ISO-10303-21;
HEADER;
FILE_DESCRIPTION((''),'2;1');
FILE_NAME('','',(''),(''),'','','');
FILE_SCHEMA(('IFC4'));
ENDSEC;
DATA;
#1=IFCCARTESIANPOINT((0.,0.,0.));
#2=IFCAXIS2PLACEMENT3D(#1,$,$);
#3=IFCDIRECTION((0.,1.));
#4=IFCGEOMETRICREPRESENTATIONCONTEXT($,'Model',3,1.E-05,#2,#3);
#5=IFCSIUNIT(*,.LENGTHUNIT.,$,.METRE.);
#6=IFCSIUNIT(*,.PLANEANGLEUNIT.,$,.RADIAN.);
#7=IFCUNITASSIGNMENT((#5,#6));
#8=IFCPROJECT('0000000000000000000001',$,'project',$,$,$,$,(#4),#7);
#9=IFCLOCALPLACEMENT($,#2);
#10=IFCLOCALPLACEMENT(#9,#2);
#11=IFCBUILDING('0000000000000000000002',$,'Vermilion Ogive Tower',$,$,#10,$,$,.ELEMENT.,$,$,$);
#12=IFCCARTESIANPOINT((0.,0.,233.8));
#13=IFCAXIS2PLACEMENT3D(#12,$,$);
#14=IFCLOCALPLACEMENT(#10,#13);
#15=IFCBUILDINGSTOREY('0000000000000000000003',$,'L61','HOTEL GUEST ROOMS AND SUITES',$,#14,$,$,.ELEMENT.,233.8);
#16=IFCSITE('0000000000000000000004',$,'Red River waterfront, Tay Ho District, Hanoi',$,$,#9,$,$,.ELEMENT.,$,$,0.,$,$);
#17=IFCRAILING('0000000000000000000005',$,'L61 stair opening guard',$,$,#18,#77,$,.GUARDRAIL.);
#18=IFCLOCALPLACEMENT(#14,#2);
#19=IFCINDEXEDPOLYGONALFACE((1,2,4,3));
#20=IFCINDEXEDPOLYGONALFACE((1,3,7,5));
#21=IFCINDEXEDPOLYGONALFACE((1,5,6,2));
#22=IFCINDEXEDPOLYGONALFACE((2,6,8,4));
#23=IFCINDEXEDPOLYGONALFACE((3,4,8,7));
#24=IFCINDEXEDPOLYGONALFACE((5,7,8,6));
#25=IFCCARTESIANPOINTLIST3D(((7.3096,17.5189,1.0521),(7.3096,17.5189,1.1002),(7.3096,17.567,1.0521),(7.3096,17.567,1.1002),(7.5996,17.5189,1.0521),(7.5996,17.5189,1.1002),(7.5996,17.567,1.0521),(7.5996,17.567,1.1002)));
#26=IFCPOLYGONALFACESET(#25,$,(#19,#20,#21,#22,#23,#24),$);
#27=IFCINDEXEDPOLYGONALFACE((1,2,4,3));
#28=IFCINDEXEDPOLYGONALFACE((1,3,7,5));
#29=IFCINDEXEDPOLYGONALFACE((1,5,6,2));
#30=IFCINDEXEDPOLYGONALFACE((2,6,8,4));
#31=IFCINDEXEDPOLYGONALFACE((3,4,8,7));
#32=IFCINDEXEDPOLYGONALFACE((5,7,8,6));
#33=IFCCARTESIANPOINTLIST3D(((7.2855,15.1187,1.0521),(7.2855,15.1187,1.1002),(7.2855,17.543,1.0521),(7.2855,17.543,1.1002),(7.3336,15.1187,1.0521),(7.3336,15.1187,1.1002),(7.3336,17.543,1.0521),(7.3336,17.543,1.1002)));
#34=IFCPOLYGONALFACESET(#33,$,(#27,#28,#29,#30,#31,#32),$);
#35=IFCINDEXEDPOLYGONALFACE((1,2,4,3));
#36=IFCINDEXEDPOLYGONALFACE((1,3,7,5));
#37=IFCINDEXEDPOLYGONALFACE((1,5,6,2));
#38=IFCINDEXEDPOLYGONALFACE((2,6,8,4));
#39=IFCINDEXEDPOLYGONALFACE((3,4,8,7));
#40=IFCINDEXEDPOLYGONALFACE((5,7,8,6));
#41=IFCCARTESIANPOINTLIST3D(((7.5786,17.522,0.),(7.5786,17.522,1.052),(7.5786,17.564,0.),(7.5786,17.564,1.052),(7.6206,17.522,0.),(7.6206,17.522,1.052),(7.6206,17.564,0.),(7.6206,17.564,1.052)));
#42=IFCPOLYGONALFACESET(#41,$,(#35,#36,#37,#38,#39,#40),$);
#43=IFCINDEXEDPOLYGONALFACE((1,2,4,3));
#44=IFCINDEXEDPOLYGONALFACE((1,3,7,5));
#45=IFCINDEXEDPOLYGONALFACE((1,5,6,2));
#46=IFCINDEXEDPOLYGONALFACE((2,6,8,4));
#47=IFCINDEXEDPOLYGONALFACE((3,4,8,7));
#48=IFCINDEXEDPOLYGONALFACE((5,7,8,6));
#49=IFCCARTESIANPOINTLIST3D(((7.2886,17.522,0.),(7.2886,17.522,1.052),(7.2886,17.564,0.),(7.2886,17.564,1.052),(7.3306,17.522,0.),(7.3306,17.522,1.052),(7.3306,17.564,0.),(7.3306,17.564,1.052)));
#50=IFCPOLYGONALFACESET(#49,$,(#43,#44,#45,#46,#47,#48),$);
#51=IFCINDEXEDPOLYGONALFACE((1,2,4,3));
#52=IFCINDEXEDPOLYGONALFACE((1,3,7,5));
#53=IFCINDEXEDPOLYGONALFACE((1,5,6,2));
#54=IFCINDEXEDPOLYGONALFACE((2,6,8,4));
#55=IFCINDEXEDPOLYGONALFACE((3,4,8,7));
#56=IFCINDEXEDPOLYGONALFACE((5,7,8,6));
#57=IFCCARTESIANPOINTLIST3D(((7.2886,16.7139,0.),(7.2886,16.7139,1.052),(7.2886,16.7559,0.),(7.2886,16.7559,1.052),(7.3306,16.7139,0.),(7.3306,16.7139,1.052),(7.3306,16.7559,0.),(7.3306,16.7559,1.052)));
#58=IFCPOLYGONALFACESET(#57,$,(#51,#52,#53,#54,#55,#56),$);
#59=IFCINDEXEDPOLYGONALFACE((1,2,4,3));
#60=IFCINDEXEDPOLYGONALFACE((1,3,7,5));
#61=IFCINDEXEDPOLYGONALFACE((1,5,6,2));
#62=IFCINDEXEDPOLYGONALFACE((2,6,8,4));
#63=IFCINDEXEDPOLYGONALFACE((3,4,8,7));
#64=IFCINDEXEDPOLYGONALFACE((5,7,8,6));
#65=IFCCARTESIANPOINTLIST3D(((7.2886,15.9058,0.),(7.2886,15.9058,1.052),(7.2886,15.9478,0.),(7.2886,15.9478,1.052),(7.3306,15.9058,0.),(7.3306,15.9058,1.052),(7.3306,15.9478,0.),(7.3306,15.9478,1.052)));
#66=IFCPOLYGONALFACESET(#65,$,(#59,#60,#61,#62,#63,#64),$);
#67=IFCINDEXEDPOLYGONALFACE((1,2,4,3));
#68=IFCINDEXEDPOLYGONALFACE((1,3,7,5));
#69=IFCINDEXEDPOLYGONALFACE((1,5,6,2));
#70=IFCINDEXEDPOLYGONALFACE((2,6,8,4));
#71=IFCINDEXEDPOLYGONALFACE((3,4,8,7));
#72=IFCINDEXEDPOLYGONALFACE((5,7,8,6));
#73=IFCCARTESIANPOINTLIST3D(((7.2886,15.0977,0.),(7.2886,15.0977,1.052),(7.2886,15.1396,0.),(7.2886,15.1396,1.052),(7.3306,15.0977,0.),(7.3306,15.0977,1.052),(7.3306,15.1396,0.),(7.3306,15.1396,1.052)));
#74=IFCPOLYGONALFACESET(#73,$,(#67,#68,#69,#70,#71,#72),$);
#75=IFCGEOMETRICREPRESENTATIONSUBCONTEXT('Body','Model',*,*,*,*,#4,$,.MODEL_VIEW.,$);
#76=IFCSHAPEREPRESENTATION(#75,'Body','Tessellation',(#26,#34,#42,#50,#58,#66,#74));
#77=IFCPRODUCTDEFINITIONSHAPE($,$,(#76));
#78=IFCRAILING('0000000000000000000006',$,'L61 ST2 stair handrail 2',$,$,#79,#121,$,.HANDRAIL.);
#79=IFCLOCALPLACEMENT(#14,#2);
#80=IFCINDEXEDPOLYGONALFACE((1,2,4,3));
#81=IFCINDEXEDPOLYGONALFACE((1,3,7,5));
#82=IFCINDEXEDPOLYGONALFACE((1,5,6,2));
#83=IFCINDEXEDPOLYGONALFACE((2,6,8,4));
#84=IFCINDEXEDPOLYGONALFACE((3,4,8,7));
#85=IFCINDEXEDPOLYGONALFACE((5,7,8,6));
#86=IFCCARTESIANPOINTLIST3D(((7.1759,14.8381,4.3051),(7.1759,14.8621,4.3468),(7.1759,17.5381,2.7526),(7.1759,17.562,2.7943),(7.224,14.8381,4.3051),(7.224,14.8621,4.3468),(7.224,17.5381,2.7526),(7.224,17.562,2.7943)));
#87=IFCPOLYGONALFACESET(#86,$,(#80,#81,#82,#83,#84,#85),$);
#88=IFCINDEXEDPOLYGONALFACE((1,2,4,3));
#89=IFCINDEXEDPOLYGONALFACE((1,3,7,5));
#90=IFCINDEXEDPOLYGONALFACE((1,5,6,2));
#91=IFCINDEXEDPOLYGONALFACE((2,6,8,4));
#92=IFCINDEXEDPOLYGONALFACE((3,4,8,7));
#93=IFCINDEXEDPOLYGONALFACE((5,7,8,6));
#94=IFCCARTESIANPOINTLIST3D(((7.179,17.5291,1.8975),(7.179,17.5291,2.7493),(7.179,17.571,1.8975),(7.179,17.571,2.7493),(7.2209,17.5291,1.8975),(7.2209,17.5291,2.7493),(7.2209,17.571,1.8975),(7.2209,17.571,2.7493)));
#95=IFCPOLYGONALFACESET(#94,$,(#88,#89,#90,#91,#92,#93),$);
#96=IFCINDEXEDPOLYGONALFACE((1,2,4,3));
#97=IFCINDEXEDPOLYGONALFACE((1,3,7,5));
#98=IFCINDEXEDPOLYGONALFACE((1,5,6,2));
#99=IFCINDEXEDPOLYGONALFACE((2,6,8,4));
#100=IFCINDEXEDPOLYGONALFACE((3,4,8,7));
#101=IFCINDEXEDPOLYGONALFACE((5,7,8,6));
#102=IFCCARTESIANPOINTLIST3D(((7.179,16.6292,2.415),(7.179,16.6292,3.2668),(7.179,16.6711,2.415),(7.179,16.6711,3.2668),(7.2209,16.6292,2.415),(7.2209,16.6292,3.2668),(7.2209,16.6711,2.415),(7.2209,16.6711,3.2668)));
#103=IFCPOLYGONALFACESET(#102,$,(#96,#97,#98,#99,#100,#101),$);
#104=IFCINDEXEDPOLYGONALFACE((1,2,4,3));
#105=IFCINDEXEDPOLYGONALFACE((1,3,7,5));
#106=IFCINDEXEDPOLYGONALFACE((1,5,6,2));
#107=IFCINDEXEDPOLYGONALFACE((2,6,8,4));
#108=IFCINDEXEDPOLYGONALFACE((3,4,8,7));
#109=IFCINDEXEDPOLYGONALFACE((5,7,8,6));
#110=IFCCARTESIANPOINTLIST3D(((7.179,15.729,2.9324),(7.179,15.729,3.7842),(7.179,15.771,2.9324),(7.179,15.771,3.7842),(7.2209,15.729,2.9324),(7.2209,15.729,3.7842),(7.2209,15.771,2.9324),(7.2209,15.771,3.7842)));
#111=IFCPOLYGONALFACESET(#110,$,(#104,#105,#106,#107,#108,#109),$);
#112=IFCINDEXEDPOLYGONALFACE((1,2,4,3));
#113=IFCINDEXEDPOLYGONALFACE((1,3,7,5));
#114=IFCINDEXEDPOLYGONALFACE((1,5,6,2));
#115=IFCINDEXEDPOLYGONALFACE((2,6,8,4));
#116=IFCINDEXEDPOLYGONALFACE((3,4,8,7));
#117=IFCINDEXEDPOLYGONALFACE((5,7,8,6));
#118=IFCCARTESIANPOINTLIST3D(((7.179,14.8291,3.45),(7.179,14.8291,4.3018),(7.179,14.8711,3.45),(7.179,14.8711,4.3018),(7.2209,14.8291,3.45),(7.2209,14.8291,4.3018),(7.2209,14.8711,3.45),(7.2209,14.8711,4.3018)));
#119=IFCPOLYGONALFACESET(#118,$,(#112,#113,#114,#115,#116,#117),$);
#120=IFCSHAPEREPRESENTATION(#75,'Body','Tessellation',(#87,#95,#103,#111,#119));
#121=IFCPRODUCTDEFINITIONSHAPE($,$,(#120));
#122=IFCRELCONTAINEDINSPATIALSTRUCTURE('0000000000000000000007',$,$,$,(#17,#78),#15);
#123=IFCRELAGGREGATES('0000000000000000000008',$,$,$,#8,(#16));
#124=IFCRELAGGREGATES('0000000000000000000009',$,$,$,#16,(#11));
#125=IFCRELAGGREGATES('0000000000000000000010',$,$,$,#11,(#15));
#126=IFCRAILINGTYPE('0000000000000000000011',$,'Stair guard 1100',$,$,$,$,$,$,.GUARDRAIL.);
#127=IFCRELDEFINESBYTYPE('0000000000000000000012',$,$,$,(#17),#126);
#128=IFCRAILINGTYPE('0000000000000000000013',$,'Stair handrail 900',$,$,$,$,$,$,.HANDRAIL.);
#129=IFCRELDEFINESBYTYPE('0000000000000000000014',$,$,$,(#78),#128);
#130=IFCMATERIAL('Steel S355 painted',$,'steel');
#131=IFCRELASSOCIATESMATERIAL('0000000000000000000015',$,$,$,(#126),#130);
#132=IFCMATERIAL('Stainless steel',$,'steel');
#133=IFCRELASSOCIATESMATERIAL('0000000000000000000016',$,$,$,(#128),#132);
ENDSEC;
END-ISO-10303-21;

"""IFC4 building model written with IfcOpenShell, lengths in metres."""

from ifc_helpers import new_model, si_unit, direction, frame, origin, origin_2d, place, context, subcontext, project, spatial, rectangle, extrude, material, type_object, element, save


model = new_model("IFC4")

# Units and contexts
model_context = context("Model", 3, precision=1e-05, world=origin(), true_north=direction((0.0, 1.0)))
body_context = subcontext(model_context, "Body", "Model", "MODEL_VIEW")
ifc_project = project(units=[si_unit("LENGTHUNIT", "METRE"), si_unit("PLANEANGLEUNIT", "RADIAN")], contexts=[model_context])

# Site, building, storey
site_placement = place(None, origin())
site = spatial("IfcSite", under=ifc_project, at=site_placement, Name="Red River waterfront, Tay Ho District, Hanoi", CompositionType="ELEMENT", RefElevation=0.0)
building_placement = place(site_placement, origin())
building = spatial("IfcBuilding", under=site, at=building_placement, Name="Vermilion Ogive Tower", CompositionType="ELEMENT")
storey_placement = place(building_placement, frame((0.0, 0.0, 233.8)))
storey = spatial("IfcBuildingStorey", under=building, at=storey_placement, Name="L61", Description="HOTEL GUEST ROOMS AND SUITES", CompositionType="ELEMENT", Elevation=233.8)

# Railings
ifc_material_1 = material(Name="Steel S355 painted", Category="steel")
railing_type_1 = type_object("IfcRailingType", Name="Stair guard 1100", PredefinedType="GUARDRAIL", material=ifc_material_1)
railing_1_placement = place(storey_placement, frame((7.5996, 17.543, 0.0)))
element("IfcRailing", 1, at=railing_1_placement, inside=storey, type_object=railing_type_1, Name="L61 stair opening guard", PredefinedType="GUARDRAIL", context=body_context, shape_type="SweptSolid", body=[
    extrude(rectangle(XDim=0.0481, YDim=0.0481, at=origin_2d()), frame((0.0, 0.0, 1.0762), z_axis=(-1.0, 0.0, 0.0), x_axis=(0.0, -1.0, 0.0)), (0.0, 0.0, 1.0), 0.29),
    extrude(rectangle(XDim=0.0481, YDim=0.0481, at=origin_2d()), frame((-0.29, 0.0, 1.0762), z_axis=(0.0, -1.0, 0.0), x_axis=(1.0, 0.0, 0.0)), (0.0, 0.0, 1.0), 2.4243),
    extrude(rectangle(XDim=0.042, YDim=0.042, at=origin_2d()), origin(), (0.0, 0.0, 1.0), 1.052),
    extrude(rectangle(XDim=0.042, YDim=0.042, at=origin_2d()), frame((-0.29, 0.0, 0.0)), (0.0, 0.0, 1.0), 1.052),
    extrude(rectangle(XDim=0.042, YDim=0.042, at=origin_2d()), frame((-0.29, -0.8081, 0.0)), (0.0, 0.0, 1.0), 1.052),
    extrude(rectangle(XDim=0.042, YDim=0.042, at=origin_2d()), frame((-0.29, -1.6162, 0.0)), (0.0, 0.0, 1.0), 1.052),
    extrude(rectangle(XDim=0.042, YDim=0.042, at=origin_2d()), frame((-0.29, -2.4243, 0.0)), (0.0, 0.0, 1.0), 1.052),
])
ifc_material_2 = material(Name="Stainless steel", Category="steel")
railing_type_2 = type_object("IfcRailingType", Name="Stair handrail 900", PredefinedType="HANDRAIL", material=ifc_material_2)
railing_2_placement = place(storey_placement, frame((7.2, 17.55, 1.8975)))
element("IfcRailing", 2, at=railing_2_placement, inside=storey, type_object=railing_type_2, Name="L61 ST2 stair handrail 2", PredefinedType="HANDRAIL", context=body_context, shape_type="SweptSolid", body=[
    extrude(rectangle(XDim=0.0481, YDim=0.0481, at=origin_2d()), frame((0.0, 0.0, 0.876), z_axis=(0.0, -0.866904, 0.498476), x_axis=(1.0, 0.0, 0.0)), (0.0, 0.0, 1.0), 3.1145),
    extrude(rectangle(XDim=0.042, YDim=0.042, at=origin_2d()), origin(), (0.0, 0.0, 1.0), 0.8518),
    extrude(rectangle(XDim=0.042, YDim=0.042, at=origin_2d()), frame((0.0, -0.8999, 0.5176)), (0.0, 0.0, 1.0), 0.8518),
    extrude(rectangle(XDim=0.042, YDim=0.042, at=origin_2d()), frame((0.0, -1.8, 1.0349)), (0.0, 0.0, 1.0), 0.8518),
    extrude(rectangle(XDim=0.042, YDim=0.042, at=origin_2d()), frame((0.0, -2.7, 1.5525)), (0.0, 0.0, 1.0), 0.8518),
])

save(model, "model.ifc")
